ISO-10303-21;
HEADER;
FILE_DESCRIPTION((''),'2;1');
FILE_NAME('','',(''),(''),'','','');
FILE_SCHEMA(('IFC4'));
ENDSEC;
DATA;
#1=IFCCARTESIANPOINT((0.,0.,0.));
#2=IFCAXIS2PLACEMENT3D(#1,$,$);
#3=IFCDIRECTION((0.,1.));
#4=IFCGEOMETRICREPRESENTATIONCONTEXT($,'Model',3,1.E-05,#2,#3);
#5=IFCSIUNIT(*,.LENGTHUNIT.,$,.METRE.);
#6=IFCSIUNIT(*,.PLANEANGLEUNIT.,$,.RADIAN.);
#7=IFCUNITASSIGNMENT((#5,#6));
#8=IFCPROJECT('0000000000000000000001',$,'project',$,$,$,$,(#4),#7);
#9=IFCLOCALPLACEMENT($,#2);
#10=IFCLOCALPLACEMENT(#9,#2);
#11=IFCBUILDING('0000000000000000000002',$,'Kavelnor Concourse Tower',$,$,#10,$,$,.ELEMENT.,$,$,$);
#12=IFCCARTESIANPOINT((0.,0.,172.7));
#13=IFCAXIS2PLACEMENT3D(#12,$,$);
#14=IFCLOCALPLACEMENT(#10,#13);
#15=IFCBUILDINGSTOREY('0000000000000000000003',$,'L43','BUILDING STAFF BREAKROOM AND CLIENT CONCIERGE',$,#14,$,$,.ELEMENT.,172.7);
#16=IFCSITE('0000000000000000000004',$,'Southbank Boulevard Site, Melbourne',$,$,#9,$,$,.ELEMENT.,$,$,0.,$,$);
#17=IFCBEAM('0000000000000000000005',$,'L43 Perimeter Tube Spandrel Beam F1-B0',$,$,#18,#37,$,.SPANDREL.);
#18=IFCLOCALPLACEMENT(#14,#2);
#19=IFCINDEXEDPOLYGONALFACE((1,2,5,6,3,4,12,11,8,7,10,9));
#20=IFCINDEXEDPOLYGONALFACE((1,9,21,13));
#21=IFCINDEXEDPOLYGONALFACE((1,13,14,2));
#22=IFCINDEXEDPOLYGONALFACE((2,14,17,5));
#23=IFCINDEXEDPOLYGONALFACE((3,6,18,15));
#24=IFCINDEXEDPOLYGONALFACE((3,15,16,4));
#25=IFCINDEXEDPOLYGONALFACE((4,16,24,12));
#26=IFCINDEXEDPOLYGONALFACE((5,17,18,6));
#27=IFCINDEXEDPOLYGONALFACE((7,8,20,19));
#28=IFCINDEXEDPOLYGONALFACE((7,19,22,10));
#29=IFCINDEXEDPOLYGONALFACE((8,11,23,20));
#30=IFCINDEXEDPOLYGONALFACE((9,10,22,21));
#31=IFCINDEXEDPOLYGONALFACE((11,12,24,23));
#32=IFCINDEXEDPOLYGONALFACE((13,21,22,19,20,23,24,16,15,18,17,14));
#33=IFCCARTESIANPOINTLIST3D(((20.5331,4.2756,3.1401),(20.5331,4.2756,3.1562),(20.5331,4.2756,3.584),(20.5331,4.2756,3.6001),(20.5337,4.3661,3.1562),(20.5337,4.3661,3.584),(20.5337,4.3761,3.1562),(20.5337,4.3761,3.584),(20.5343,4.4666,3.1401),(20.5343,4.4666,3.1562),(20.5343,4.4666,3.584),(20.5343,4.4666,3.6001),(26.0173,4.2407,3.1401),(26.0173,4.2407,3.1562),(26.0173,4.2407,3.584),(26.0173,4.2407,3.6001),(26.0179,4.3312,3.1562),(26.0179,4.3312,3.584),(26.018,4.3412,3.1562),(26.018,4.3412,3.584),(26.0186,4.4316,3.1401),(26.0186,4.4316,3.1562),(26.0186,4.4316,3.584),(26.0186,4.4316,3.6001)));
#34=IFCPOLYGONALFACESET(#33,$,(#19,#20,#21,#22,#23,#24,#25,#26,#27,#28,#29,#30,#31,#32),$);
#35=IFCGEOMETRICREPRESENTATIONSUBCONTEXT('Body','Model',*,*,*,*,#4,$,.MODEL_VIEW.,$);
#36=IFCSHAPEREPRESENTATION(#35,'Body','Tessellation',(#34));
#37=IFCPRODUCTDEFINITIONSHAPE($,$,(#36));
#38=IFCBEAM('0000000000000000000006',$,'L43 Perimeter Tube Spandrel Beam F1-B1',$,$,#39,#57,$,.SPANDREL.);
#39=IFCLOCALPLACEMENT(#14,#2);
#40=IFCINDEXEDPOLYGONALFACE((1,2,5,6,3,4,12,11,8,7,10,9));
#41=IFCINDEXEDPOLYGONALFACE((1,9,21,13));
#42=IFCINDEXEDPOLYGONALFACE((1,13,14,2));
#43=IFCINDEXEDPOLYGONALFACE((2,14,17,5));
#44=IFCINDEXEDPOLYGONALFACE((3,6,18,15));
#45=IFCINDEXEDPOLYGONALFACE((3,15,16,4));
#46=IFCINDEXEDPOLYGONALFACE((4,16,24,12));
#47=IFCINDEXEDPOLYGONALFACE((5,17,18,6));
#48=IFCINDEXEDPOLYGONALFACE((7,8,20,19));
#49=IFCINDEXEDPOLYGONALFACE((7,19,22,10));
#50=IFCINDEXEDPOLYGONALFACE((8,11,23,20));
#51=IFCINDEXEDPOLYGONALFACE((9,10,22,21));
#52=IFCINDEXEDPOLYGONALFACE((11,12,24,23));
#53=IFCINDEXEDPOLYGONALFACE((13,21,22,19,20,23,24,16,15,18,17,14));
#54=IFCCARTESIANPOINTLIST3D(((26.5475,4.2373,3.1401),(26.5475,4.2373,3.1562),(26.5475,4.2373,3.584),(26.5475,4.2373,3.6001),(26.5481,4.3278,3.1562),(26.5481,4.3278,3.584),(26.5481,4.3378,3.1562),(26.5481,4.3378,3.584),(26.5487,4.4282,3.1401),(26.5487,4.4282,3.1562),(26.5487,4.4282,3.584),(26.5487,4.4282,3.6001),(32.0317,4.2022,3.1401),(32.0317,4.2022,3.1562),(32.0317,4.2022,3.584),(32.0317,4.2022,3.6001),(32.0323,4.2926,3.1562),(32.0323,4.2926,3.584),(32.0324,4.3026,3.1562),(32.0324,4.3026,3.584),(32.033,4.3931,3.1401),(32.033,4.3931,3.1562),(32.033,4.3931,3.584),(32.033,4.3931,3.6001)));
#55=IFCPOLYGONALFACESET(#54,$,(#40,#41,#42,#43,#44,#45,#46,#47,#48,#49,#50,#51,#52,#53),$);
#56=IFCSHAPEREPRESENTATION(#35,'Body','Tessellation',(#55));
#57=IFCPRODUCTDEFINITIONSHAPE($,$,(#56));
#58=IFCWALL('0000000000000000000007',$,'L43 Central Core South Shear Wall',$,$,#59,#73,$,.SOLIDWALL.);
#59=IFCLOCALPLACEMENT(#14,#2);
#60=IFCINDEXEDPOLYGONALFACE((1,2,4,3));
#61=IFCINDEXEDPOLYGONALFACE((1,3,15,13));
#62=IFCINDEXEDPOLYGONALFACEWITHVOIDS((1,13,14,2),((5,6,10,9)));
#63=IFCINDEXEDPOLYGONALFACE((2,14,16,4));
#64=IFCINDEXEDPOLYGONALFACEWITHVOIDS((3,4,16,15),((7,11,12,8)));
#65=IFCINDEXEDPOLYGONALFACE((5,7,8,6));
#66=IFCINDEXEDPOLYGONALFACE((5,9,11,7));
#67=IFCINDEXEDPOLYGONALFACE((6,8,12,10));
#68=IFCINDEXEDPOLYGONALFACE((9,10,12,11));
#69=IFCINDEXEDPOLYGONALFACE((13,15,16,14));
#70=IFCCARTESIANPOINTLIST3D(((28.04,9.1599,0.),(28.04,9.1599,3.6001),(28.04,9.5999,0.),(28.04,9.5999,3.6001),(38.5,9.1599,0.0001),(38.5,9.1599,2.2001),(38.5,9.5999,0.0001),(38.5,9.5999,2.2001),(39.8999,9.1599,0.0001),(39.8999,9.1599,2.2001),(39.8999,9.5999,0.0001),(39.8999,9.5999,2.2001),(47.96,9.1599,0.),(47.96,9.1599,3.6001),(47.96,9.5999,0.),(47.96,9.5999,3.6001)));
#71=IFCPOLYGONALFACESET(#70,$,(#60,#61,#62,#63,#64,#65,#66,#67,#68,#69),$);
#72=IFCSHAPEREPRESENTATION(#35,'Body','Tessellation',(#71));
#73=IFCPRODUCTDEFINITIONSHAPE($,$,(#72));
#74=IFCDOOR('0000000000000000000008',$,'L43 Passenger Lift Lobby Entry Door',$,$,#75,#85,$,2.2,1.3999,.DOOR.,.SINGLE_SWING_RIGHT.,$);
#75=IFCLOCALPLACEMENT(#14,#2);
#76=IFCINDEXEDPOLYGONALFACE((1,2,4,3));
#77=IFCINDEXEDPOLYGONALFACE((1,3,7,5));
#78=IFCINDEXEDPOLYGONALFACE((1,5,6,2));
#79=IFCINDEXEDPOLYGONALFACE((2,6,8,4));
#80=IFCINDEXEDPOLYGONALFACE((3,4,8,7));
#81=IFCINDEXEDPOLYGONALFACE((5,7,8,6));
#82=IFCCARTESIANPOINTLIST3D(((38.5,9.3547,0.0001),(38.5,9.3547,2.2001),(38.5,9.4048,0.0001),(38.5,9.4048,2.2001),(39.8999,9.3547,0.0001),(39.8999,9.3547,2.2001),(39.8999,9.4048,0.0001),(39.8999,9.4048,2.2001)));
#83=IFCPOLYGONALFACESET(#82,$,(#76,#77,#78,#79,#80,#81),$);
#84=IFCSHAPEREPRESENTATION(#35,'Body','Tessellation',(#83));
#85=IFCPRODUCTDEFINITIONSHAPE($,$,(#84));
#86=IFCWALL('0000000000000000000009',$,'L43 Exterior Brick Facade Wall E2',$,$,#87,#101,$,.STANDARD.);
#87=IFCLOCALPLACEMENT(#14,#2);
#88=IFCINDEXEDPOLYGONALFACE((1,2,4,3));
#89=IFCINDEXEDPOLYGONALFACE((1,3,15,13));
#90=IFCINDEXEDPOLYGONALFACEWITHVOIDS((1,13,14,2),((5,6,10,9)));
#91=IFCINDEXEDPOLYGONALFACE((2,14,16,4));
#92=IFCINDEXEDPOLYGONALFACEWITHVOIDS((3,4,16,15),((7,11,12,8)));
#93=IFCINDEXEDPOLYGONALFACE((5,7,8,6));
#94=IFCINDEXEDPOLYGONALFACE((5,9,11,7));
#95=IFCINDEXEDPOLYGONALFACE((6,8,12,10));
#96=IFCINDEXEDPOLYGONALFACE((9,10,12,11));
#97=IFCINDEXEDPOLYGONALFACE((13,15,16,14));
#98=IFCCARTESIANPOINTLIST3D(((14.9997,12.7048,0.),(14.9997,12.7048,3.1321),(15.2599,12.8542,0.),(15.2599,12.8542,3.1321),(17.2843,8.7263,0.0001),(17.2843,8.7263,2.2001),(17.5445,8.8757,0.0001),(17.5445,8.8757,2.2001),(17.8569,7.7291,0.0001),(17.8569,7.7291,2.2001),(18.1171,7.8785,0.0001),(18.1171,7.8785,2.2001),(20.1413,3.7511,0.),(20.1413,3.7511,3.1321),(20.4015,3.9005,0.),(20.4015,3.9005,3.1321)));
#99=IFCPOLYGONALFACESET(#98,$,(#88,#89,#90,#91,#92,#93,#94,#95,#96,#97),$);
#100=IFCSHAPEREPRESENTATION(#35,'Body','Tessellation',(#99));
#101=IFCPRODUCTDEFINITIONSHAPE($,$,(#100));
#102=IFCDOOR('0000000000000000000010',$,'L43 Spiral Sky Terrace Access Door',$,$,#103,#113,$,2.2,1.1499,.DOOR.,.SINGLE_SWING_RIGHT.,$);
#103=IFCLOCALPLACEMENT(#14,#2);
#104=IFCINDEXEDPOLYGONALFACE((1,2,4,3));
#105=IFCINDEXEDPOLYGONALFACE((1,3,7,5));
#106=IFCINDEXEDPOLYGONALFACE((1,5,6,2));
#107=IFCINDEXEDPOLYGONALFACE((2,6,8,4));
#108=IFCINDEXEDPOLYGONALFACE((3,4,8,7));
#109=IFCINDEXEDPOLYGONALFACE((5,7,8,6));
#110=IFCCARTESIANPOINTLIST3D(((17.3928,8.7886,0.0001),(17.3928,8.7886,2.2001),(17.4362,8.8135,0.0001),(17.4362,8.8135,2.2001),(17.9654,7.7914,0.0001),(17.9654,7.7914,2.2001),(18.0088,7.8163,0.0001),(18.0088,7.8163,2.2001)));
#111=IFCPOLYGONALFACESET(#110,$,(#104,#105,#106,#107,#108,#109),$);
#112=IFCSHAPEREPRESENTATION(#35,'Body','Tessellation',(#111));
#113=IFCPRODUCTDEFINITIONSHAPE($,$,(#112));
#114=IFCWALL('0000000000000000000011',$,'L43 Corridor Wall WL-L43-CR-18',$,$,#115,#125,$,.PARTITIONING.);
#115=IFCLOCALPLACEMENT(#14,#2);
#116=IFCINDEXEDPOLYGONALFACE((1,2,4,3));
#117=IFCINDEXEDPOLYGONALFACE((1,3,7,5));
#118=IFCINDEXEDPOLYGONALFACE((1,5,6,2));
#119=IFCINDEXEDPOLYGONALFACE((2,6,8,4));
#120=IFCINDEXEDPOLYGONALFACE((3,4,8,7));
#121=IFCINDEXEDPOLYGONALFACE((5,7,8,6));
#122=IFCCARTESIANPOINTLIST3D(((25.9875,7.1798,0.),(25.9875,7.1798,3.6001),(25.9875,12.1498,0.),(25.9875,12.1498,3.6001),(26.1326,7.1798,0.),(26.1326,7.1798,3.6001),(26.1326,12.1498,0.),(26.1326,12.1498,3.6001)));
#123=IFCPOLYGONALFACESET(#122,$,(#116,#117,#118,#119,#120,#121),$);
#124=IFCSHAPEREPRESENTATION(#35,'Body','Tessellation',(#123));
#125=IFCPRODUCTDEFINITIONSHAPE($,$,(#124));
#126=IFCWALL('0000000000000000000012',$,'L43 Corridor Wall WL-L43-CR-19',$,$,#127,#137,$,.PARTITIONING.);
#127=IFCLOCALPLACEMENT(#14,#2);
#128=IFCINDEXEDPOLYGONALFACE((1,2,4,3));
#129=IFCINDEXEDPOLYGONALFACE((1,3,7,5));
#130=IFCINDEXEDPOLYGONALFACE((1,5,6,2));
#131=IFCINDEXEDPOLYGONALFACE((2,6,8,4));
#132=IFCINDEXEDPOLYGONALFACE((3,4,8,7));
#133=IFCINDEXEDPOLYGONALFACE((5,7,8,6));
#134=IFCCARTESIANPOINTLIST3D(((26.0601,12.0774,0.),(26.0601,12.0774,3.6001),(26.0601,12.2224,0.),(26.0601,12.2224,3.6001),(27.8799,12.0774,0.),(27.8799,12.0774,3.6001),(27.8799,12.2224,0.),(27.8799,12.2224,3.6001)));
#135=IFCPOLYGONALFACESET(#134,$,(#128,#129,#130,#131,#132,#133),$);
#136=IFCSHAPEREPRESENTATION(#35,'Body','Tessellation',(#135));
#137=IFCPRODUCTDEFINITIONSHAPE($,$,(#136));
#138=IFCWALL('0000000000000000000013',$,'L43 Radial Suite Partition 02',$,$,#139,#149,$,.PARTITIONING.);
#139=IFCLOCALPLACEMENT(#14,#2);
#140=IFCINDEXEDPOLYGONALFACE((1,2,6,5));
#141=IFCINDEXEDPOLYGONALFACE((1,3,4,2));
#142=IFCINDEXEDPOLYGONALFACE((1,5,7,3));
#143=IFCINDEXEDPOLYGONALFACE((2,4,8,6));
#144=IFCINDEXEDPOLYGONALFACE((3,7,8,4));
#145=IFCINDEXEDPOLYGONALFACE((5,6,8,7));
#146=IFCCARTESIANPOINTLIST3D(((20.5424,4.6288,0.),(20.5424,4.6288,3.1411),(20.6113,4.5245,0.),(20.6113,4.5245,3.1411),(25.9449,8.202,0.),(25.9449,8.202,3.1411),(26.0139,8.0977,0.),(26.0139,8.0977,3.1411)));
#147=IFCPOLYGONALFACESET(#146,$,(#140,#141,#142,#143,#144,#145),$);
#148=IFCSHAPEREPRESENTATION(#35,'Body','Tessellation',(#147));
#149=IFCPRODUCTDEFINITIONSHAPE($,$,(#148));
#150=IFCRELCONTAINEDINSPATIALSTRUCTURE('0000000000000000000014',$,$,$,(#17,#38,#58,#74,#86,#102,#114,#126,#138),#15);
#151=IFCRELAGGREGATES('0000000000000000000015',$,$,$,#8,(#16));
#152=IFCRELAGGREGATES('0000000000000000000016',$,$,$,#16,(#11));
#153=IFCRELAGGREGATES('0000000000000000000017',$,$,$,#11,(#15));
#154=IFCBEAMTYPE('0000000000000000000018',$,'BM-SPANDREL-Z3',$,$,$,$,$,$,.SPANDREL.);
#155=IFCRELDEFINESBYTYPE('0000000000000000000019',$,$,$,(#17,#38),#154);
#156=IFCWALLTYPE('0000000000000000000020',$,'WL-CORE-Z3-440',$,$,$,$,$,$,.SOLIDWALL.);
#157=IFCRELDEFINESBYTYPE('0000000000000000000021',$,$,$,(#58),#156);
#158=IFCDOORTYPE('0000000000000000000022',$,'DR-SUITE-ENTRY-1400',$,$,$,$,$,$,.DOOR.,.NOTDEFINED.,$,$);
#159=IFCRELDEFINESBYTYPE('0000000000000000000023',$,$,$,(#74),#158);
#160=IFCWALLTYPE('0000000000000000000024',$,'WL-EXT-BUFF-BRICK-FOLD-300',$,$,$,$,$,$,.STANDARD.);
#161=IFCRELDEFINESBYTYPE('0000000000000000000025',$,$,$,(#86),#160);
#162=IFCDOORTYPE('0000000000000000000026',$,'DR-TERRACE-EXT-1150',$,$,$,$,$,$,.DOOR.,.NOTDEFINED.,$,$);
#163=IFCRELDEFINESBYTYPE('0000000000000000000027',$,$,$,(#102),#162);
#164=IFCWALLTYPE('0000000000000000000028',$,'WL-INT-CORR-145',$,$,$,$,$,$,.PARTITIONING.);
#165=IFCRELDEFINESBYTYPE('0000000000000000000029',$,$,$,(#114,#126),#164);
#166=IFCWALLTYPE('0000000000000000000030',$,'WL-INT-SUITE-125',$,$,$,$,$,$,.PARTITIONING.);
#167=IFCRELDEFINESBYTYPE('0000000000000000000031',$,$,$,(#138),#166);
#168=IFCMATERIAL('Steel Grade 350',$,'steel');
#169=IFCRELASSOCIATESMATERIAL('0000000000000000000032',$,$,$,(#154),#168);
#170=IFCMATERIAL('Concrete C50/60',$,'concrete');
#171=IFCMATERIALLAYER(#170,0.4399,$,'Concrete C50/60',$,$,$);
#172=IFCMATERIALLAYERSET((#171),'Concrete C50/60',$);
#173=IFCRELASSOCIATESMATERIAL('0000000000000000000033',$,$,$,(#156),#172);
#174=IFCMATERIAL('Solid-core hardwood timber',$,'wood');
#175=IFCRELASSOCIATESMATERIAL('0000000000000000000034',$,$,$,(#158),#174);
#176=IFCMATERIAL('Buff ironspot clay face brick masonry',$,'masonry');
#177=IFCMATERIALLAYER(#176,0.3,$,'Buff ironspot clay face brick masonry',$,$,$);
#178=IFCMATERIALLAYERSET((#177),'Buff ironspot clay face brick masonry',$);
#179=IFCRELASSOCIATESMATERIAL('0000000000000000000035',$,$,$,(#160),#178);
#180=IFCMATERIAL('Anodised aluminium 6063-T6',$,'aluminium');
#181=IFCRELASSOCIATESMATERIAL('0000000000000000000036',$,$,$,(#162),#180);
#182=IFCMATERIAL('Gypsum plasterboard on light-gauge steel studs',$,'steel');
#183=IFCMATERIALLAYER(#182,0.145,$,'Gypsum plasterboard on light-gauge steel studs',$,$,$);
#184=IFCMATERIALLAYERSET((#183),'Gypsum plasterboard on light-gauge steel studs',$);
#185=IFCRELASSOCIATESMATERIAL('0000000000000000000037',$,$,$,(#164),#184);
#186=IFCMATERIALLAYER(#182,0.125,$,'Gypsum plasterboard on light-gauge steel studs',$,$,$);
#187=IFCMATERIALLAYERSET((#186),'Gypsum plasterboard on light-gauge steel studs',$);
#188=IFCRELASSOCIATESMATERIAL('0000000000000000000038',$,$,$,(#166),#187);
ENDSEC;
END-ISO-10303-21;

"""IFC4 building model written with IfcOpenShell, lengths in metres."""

from ifc_helpers import new_model, si_unit, direction, frame, frame_2d, origin, origin_2d, place, context, subcontext, project, spatial, rectangle, i_section, extrude, material, layer, layer_set, material_profile, profile_set, type_object, element, fill, save


model = new_model("IFC4")

# Units and contexts
model_context = context("Model", 3, precision=1e-05, world=origin(), true_north=direction((0.0, 1.0)))
body_context = subcontext(model_context, "Body", "Model", "MODEL_VIEW")
ifc_project = project(units=[si_unit("LENGTHUNIT", "METRE"), si_unit("PLANEANGLEUNIT", "RADIAN")], contexts=[model_context])

# Site, building, storey
site_placement = place(None, origin())
site = spatial("IfcSite", under=ifc_project, at=site_placement, Name="Southbank Boulevard Site, Melbourne", CompositionType="ELEMENT", RefElevation=0.0)
building_placement = place(site_placement, origin())
building = spatial("IfcBuilding", under=site, at=building_placement, Name="Kavelnor Concourse Tower", CompositionType="ELEMENT")
storey_placement = place(building_placement, frame((0.0, 0.0, 172.7)))
storey = spatial("IfcBuildingStorey", under=building, at=storey_placement, Name="L43", Description="BUILDING STAFF BREAKROOM AND CLIENT CONCIERGE", CompositionType="ELEMENT", Elevation=172.7)

# Shared definitions
ifc_material_1 = material(Name="Steel Grade 350", Category="steel")

# Beams
ifc_material_profile_1 = material_profile(ifc_material_1, i_section(OverallWidth=0.1909, OverallDepth=0.46, WebThickness=0.01, FlangeThickness=0.0161, at=origin_2d()), Name="460UB82")
ifc_profile_set_1 = profile_set([ifc_material_profile_1], Name="Steel Grade 350")
beam_type_1 = type_object("IfcBeamType", Name="BM-SPANDREL-Z3", PredefinedType="SPANDREL", material=ifc_profile_set_1)
for number, where, z_axis, x_axis, name in (
    (1, (20.5337, 4.3711, 3.3701), (0.99998, -0.006366, 0.0), (0.006366, 0.99998, 0.0), "L43 Perimeter Tube Spandrel Beam F1-B0"),
    (2, (26.5481, 4.3328, 3.3701), (0.999979, -0.00641, 0.0), (0.00641, 0.999979, 0.0), "L43 Perimeter Tube Spandrel Beam F1-B1"),
):
    element("IfcBeam", number, at=place(storey_placement, frame(where, z_axis=z_axis, x_axis=x_axis)), inside=storey, type_object=beam_type_1, Name=name, PredefinedType="SPANDREL", context=body_context, shape_type="SweptSolid", body=[
        extrude(i_section(OverallWidth=0.1909, OverallDepth=0.46, WebThickness=0.01, FlangeThickness=0.0161, at=origin_2d()), origin(), (0.0, 0.0, 1.0), 5.4844),
    ])

# Walls, openings, doors
ifc_material_2 = material(Name="Concrete C50/60", Category="concrete")
ifc_layer_1 = layer(ifc_material_2, 0.4399, Name="Concrete C50/60")
ifc_layer_set_1 = layer_set([ifc_layer_1], Name="Concrete C50/60")
wall_type_1 = type_object("IfcWallType", Name="WL-CORE-Z3-440", PredefinedType="SOLIDWALL", material=ifc_layer_set_1)
wall_1_placement = place(storey_placement, frame((28.04, 9.3799, 0.0), z_axis=(0.0, 0.0, 1.0), x_axis=(1.0, 0.0, 0.0)))
wall_1 = element("IfcWall", 3, at=wall_1_placement, inside=storey, type_object=wall_type_1, Name="L43 Central Core South Shear Wall", PredefinedType="SOLIDWALL", context=body_context, shape_type="SweptSolid", body=[
    extrude(rectangle(XDim=19.9199, YDim=0.4399, at=frame_2d((9.96, 0.0))), origin(), (0.0, 0.0, 1.0), 3.6001),
])
opening_1_placement = place(wall_1_placement, frame((10.46, 0.0, 0.0)))
opening_1 = element("IfcOpeningElement", 4, at=opening_1_placement, cuts=wall_1, PredefinedType="OPENING", context=body_context, shape_type="SweptSolid", body=[
    extrude(rectangle(XDim=1.3999, YDim=2.2, at=frame_2d((0.7, 1.1001))), frame((0.0, 0.23, 0.0), z_axis=(0.0, -1.0, 0.0), x_axis=(1.0, 0.0, 0.0)), (0.0, 0.0, 1.0), 0.46),
])
ifc_material_3 = material(Name="Solid-core hardwood timber", Category="wood")
door_type_1 = type_object("IfcDoorType", Name="DR-SUITE-ENTRY-1400", OperationType="NOTDEFINED", PredefinedType="DOOR", material=ifc_material_3)
door_1_placement = place(opening_1_placement, origin())
door_1 = element("IfcDoor", 5, at=door_1_placement, inside=storey, type_object=door_type_1, Name="L43 Passenger Lift Lobby Entry Door", OperationType="SINGLE_SWING_RIGHT", OverallHeight=2.2, OverallWidth=1.3999, PredefinedType="DOOR", context=body_context, shape_type="SweptSolid", body=[
    extrude(rectangle(XDim=1.3999, YDim=2.2, at=frame_2d((0.7, 1.1001))), frame((0.0, 0.0249, 0.0), z_axis=(0.0, -1.0, 0.0), x_axis=(1.0, 0.0, 0.0)), (0.0, 0.0, 1.0), 0.05),
])
fill(opening_1, door_1)
ifc_material_4 = material(Name="Buff ironspot clay face brick masonry", Category="masonry")
ifc_layer_2 = layer(ifc_material_4, 0.3, Name="Buff ironspot clay face brick masonry")
ifc_layer_set_2 = layer_set([ifc_layer_2], Name="Buff ironspot clay face brick masonry")
wall_type_2 = type_object("IfcWallType", Name="WL-EXT-BUFF-BRICK-FOLD-300", PredefinedType="STANDARD", material=ifc_layer_set_2)
wall_2_placement = place(storey_placement, frame((20.2715, 3.8257, 0.0), z_axis=(0.0, 0.0, 1.0), x_axis=(-0.497981, 0.867188, 0.0)))
wall_2 = element("IfcWall", 6, at=wall_2_placement, inside=storey, type_object=wall_type_2, Name="L43 Exterior Brick Facade Wall E2", PredefinedType="STANDARD", context=body_context, shape_type="SweptSolid", body=[
    extrude(rectangle(XDim=10.325, YDim=0.3, at=frame_2d((5.1626, 0.0))), origin(), (0.0, 0.0, 1.0), 3.1321),
])
opening_2_placement = place(wall_2_placement, frame((4.5874, 0.0, 0.0)))
opening_2 = element("IfcOpeningElement", 7, at=opening_2_placement, cuts=wall_2, PredefinedType="OPENING", context=body_context, shape_type="SweptSolid", body=[
    extrude(rectangle(XDim=1.1499, YDim=2.2, at=frame_2d((0.575, 1.1001))), frame((0.0, 0.1602, 0.0), z_axis=(0.0, -1.0, 0.0), x_axis=(1.0, 0.0, 0.0)), (0.0, 0.0, 1.0), 0.3201),
])
ifc_material_5 = material(Name="Anodised aluminium 6063-T6", Category="aluminium")
door_type_2 = type_object("IfcDoorType", Name="DR-TERRACE-EXT-1150", OperationType="NOTDEFINED", PredefinedType="DOOR", material=ifc_material_5)
door_2_placement = place(opening_2_placement, origin())
door_2 = element("IfcDoor", 8, at=door_2_placement, inside=storey, type_object=door_type_2, Name="L43 Spiral Sky Terrace Access Door", OperationType="SINGLE_SWING_RIGHT", OverallHeight=2.2, OverallWidth=1.1499, PredefinedType="DOOR", context=body_context, shape_type="SweptSolid", body=[
    extrude(rectangle(XDim=1.1499, YDim=2.2, at=frame_2d((0.575, 1.1001))), frame((0.0, 0.0249, 0.0), z_axis=(0.0, -1.0, 0.0), x_axis=(1.0, 0.0, 0.0)), (0.0, 0.0, 1.0), 0.05),
])
fill(opening_2, door_2)

# Walls
ifc_material_6 = material(Name="Gypsum plasterboard on light-gauge steel studs", Category="steel")
ifc_layer_3 = layer(ifc_material_6, 0.145, Name="Gypsum plasterboard on light-gauge steel studs")
ifc_layer_set_3 = layer_set([ifc_layer_3], Name="Gypsum plasterboard on light-gauge steel studs")
wall_type_3 = type_object("IfcWallType", Name="WL-INT-CORR-145", PredefinedType="PARTITIONING", material=ifc_layer_set_3)
wall_3_placement = place(storey_placement, frame((26.0601, 7.1799, 0.0), z_axis=(0.0, 0.0, 1.0), x_axis=(0.0, 1.0, 0.0)))
element("IfcWall", 9, at=wall_3_placement, inside=storey, type_object=wall_type_3, Name="L43 Corridor Wall WL-L43-CR-18", PredefinedType="PARTITIONING", context=body_context, shape_type="SweptSolid", body=[
    extrude(rectangle(XDim=4.97, YDim=0.145, at=frame_2d((2.4849, 0.0))), origin(), (0.0, 0.0, 1.0), 3.6001),
])
wall_4_placement = place(storey_placement, frame((26.0601, 12.1499, 0.0), z_axis=(0.0, 0.0, 1.0), x_axis=(1.0, 0.0, 0.0)))
element("IfcWall", 10, at=wall_4_placement, inside=storey, type_object=wall_type_3, Name="L43 Corridor Wall WL-L43-CR-19", PredefinedType="PARTITIONING", context=body_context, shape_type="SweptSolid", body=[
    extrude(rectangle(XDim=1.8198, YDim=0.145, at=frame_2d((0.9099, 0.0))), origin(), (0.0, 0.0, 1.0), 3.6001),
])
ifc_layer_4 = layer(ifc_material_6, 0.125, Name="Gypsum plasterboard on light-gauge steel studs")
ifc_layer_set_4 = layer_set([ifc_layer_4], Name="Gypsum plasterboard on light-gauge steel studs")
wall_type_4 = type_object("IfcWallType", Name="WL-INT-SUITE-125", PredefinedType="PARTITIONING", material=ifc_layer_set_4)
wall_5_placement = place(storey_placement, frame((25.9795, 8.1499, 0.0), z_axis=(0.0, 0.0, 1.0), x_axis=(-0.834074, -0.551652, 0.0)))
element("IfcWall", 11, at=wall_5_placement, inside=storey, type_object=wall_type_4, Name="L43 Radial Suite Partition 02", PredefinedType="PARTITIONING", context=body_context, shape_type="SweptSolid", body=[
    extrude(rectangle(XDim=6.4773, YDim=0.125, at=frame_2d((3.2388, 0.0))), origin(), (0.0, 0.0, 1.0), 3.1411),
])

save(model, "model.ifc")
